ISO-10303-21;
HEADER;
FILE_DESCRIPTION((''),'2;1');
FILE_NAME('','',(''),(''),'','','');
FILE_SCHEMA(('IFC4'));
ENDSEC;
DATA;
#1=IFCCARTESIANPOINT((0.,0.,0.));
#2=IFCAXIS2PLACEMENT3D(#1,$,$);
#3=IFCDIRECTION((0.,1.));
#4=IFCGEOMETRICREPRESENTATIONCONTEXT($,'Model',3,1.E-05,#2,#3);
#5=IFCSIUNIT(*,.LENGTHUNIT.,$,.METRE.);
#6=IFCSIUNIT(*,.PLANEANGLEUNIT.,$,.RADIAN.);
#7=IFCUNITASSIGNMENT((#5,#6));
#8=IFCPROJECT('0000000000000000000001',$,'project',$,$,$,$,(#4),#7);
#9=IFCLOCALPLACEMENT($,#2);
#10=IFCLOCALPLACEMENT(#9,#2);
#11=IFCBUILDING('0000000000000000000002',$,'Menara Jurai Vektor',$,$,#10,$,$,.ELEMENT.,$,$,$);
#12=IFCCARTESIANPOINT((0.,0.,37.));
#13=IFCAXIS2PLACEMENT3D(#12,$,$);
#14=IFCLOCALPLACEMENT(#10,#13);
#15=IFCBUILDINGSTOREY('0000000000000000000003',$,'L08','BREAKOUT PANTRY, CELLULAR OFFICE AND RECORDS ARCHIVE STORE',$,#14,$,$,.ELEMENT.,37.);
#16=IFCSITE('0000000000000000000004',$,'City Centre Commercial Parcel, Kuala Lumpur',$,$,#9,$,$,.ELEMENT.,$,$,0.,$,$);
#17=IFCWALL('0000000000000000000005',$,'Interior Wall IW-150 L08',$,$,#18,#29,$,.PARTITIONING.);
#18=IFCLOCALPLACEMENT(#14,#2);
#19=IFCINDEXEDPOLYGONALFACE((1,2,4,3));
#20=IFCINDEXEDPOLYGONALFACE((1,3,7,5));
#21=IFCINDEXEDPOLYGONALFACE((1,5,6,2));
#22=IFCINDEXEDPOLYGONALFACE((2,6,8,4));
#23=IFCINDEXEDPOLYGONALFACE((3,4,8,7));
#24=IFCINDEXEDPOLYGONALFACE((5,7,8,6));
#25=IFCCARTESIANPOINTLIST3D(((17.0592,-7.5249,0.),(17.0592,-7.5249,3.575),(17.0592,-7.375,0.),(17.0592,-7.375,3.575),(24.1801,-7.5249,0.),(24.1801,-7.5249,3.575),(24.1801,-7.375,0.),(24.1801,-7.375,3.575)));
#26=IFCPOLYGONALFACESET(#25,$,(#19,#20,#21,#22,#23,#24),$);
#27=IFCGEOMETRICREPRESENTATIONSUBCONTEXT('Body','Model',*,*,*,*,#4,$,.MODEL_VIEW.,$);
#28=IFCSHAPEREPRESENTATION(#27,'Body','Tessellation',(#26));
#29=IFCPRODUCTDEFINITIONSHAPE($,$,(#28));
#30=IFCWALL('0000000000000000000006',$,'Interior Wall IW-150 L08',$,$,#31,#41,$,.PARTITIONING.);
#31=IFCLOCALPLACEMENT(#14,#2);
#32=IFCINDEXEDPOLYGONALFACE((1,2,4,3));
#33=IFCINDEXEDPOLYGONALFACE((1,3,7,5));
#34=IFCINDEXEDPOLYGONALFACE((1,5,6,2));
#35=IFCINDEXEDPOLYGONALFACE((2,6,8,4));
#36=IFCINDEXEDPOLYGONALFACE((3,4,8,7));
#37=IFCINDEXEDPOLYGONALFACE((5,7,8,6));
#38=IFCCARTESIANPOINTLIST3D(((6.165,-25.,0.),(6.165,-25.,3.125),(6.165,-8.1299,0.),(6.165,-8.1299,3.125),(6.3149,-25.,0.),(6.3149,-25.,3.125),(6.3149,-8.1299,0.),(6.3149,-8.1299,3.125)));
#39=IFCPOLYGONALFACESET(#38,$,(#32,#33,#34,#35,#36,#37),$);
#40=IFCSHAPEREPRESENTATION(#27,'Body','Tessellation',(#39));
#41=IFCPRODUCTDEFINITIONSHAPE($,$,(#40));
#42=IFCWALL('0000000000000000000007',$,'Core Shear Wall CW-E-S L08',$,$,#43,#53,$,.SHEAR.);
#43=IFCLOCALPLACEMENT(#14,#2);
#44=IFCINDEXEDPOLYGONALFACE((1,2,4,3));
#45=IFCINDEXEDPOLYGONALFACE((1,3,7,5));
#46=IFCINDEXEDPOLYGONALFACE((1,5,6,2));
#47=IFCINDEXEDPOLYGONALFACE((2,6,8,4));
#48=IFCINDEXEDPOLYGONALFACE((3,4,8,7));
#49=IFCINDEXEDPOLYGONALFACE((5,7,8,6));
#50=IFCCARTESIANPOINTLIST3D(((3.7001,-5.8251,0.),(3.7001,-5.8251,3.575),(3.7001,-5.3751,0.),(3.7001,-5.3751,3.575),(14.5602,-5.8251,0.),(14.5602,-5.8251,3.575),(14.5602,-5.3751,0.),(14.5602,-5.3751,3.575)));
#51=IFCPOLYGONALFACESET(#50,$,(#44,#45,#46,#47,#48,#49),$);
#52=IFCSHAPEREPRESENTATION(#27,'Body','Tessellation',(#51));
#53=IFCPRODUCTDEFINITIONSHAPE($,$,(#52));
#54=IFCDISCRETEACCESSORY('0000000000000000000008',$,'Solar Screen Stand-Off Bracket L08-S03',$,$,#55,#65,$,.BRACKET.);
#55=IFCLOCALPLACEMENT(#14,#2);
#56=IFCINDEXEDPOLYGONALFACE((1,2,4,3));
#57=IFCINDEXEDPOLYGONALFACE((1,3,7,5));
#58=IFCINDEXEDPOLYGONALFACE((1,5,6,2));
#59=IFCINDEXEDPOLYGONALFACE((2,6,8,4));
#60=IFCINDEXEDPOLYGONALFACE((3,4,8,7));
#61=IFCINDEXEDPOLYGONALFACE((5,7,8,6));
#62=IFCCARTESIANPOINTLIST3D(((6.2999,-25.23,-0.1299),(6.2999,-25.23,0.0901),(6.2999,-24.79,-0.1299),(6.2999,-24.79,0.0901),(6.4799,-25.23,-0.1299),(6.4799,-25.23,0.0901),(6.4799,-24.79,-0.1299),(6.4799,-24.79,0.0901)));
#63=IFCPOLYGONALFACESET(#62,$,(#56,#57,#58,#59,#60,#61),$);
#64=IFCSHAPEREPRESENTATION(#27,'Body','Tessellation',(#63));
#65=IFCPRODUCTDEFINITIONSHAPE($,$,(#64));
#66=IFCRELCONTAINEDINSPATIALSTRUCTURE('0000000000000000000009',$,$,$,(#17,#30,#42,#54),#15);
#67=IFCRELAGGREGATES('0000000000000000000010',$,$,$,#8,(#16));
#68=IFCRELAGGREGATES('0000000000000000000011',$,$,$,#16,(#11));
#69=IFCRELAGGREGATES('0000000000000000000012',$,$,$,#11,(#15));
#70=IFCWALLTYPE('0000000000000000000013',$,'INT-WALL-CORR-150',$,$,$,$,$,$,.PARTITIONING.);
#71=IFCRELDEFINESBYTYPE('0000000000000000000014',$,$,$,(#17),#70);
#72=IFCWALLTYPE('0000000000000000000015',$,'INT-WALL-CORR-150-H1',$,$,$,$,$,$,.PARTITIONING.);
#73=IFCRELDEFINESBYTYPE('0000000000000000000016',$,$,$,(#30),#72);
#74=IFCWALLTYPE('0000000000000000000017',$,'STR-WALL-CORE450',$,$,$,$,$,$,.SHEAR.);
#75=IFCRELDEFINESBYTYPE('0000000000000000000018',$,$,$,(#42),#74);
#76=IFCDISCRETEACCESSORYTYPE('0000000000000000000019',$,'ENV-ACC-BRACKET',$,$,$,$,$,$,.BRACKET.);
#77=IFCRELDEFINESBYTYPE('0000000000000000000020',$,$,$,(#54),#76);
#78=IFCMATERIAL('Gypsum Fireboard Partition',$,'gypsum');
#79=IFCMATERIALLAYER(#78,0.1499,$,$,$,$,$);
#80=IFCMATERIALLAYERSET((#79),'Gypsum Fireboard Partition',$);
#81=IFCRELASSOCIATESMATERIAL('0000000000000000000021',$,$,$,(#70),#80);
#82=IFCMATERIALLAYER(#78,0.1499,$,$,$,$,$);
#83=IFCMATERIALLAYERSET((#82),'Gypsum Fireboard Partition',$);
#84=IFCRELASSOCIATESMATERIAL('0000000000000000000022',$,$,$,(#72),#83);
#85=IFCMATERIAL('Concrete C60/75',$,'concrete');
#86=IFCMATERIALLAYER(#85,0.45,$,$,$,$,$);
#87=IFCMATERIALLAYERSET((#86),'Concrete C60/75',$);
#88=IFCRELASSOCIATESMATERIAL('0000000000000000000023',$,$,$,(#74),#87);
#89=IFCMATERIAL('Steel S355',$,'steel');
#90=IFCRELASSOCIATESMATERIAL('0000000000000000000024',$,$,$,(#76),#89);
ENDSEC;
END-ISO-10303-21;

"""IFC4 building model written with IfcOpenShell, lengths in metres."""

from ifc_helpers import new_model, si_unit, direction, frame, frame_2d, origin, origin_2d, place, context, subcontext, project, spatial, rectangle, extrude, material, layer, layer_set, type_object, element, save


model = new_model("IFC4")

# Units and contexts
model_context = context("Model", 3, precision=1e-05, world=origin(), true_north=direction((0.0, 1.0)))
body_context = subcontext(model_context, "Body", "Model", "MODEL_VIEW")
ifc_project = project(units=[si_unit("LENGTHUNIT", "METRE"), si_unit("PLANEANGLEUNIT", "RADIAN")], contexts=[model_context])

# Site, building, storey
site_placement = place(None, origin())
site = spatial("IfcSite", under=ifc_project, at=site_placement, Name="City Centre Commercial Parcel, Kuala Lumpur", CompositionType="ELEMENT", RefElevation=0.0)
building_placement = place(site_placement, origin())
building = spatial("IfcBuilding", under=site, at=building_placement, Name="Menara Jurai Vektor", CompositionType="ELEMENT")
storey_placement = place(building_placement, frame((0.0, 0.0, 37.0)))
storey = spatial("IfcBuildingStorey", under=building, at=storey_placement, Name="L08", Description="BREAKOUT PANTRY, CELLULAR OFFICE AND RECORDS ARCHIVE STORE", CompositionType="ELEMENT", Elevation=37.0)

# Shared definitions
ifc_material_1 = material(Name="Concrete C60/75", Category="concrete")

# Shared definitions
ifc_material_2 = material(Name="Steel S355", Category="steel")

# Shared definitions
ifc_material_3 = material(Name="Gypsum Fireboard Partition", Category="gypsum")
ifc_layer_1 = layer(ifc_material_3, 0.1499)
ifc_layer_set_1 = layer_set([ifc_layer_1], Name="Gypsum Fireboard Partition")
wall_type_1 = type_object("IfcWallType", Name="INT-WALL-CORR-150", PredefinedType="PARTITIONING", material=ifc_layer_set_1)

# Walls
wall_1_placement = place(storey_placement, frame((17.0591, -7.45, 0.0), z_axis=(0.0, 0.0, 1.0), x_axis=(1.0, 0.0, 0.0)))
element("IfcWall", 1, at=wall_1_placement, inside=storey, type_object=wall_type_1, Name="Interior Wall IW-150 L08", PredefinedType="PARTITIONING", context=body_context, shape_type="SweptSolid", body=[
    extrude(rectangle(XDim=7.1208, YDim=0.1499, at=frame_2d((3.5605, 0.0))), origin(), (0.0, 0.0, 1.0), 3.575),
])
ifc_layer_2 = layer(ifc_material_3, 0.1499)
ifc_layer_set_2 = layer_set([ifc_layer_2], Name="Gypsum Fireboard Partition")
wall_type_2 = type_object("IfcWallType", Name="INT-WALL-CORR-150-H1", PredefinedType="PARTITIONING", material=ifc_layer_set_2)
wall_2_placement = place(storey_placement, frame((6.24, -25.0, 0.0), z_axis=(0.0, 0.0, 1.0), x_axis=(0.0, 1.0, 0.0)))
element("IfcWall", 2, at=wall_2_placement, inside=storey, type_object=wall_type_2, Name="Interior Wall IW-150 L08", PredefinedType="PARTITIONING", context=body_context, shape_type="SweptSolid", body=[
    extrude(rectangle(XDim=16.8701, YDim=0.1499, at=frame_2d((8.4351, 0.0))), origin(), (0.0, 0.0, 1.0), 3.125),
])
ifc_layer_3 = layer(ifc_material_1, 0.45)
ifc_layer_set_3 = layer_set([ifc_layer_3], Name="Concrete C60/75")
wall_type_3 = type_object("IfcWallType", Name="STR-WALL-CORE450", PredefinedType="SHEAR", material=ifc_layer_set_3)
wall_3_placement = place(storey_placement, frame((3.7, -5.6001, 0.0), z_axis=(0.0, 0.0, 1.0), x_axis=(1.0, 0.0, 0.0)))
element("IfcWall", 3, at=wall_3_placement, inside=storey, type_object=wall_type_3, Name="Core Shear Wall CW-E-S L08", PredefinedType="SHEAR", context=body_context, shape_type="SweptSolid", body=[
    extrude(rectangle(XDim=10.8601, YDim=0.45, at=frame_2d((5.4302, 0.0))), origin(), (0.0, 0.0, 1.0), 3.575),
])

# Discrete accessory
discrete_accessory_type = type_object("IfcDiscreteAccessoryType", Name="ENV-ACC-BRACKET", PredefinedType="BRACKET", material=ifc_material_2)
discrete_accessory_placement = place(storey_placement, frame((6.3899, -25.01, -0.1299), z_axis=(0.0, 0.0, 1.0), x_axis=(1.0, 0.0, 0.0)))
element("IfcDiscreteAccessory", 4, at=discrete_accessory_placement, inside=storey, type_object=discrete_accessory_type, Name="Solar Screen Stand-Off Bracket L08-S03", PredefinedType="BRACKET", context=body_context, shape_type="SweptSolid", body=[
    extrude(rectangle(XDim=0.1799, YDim=0.4399, at=origin_2d()), origin(), (0.0, 0.0, 1.0), 0.22),
])

save(model, "model.ifc")
